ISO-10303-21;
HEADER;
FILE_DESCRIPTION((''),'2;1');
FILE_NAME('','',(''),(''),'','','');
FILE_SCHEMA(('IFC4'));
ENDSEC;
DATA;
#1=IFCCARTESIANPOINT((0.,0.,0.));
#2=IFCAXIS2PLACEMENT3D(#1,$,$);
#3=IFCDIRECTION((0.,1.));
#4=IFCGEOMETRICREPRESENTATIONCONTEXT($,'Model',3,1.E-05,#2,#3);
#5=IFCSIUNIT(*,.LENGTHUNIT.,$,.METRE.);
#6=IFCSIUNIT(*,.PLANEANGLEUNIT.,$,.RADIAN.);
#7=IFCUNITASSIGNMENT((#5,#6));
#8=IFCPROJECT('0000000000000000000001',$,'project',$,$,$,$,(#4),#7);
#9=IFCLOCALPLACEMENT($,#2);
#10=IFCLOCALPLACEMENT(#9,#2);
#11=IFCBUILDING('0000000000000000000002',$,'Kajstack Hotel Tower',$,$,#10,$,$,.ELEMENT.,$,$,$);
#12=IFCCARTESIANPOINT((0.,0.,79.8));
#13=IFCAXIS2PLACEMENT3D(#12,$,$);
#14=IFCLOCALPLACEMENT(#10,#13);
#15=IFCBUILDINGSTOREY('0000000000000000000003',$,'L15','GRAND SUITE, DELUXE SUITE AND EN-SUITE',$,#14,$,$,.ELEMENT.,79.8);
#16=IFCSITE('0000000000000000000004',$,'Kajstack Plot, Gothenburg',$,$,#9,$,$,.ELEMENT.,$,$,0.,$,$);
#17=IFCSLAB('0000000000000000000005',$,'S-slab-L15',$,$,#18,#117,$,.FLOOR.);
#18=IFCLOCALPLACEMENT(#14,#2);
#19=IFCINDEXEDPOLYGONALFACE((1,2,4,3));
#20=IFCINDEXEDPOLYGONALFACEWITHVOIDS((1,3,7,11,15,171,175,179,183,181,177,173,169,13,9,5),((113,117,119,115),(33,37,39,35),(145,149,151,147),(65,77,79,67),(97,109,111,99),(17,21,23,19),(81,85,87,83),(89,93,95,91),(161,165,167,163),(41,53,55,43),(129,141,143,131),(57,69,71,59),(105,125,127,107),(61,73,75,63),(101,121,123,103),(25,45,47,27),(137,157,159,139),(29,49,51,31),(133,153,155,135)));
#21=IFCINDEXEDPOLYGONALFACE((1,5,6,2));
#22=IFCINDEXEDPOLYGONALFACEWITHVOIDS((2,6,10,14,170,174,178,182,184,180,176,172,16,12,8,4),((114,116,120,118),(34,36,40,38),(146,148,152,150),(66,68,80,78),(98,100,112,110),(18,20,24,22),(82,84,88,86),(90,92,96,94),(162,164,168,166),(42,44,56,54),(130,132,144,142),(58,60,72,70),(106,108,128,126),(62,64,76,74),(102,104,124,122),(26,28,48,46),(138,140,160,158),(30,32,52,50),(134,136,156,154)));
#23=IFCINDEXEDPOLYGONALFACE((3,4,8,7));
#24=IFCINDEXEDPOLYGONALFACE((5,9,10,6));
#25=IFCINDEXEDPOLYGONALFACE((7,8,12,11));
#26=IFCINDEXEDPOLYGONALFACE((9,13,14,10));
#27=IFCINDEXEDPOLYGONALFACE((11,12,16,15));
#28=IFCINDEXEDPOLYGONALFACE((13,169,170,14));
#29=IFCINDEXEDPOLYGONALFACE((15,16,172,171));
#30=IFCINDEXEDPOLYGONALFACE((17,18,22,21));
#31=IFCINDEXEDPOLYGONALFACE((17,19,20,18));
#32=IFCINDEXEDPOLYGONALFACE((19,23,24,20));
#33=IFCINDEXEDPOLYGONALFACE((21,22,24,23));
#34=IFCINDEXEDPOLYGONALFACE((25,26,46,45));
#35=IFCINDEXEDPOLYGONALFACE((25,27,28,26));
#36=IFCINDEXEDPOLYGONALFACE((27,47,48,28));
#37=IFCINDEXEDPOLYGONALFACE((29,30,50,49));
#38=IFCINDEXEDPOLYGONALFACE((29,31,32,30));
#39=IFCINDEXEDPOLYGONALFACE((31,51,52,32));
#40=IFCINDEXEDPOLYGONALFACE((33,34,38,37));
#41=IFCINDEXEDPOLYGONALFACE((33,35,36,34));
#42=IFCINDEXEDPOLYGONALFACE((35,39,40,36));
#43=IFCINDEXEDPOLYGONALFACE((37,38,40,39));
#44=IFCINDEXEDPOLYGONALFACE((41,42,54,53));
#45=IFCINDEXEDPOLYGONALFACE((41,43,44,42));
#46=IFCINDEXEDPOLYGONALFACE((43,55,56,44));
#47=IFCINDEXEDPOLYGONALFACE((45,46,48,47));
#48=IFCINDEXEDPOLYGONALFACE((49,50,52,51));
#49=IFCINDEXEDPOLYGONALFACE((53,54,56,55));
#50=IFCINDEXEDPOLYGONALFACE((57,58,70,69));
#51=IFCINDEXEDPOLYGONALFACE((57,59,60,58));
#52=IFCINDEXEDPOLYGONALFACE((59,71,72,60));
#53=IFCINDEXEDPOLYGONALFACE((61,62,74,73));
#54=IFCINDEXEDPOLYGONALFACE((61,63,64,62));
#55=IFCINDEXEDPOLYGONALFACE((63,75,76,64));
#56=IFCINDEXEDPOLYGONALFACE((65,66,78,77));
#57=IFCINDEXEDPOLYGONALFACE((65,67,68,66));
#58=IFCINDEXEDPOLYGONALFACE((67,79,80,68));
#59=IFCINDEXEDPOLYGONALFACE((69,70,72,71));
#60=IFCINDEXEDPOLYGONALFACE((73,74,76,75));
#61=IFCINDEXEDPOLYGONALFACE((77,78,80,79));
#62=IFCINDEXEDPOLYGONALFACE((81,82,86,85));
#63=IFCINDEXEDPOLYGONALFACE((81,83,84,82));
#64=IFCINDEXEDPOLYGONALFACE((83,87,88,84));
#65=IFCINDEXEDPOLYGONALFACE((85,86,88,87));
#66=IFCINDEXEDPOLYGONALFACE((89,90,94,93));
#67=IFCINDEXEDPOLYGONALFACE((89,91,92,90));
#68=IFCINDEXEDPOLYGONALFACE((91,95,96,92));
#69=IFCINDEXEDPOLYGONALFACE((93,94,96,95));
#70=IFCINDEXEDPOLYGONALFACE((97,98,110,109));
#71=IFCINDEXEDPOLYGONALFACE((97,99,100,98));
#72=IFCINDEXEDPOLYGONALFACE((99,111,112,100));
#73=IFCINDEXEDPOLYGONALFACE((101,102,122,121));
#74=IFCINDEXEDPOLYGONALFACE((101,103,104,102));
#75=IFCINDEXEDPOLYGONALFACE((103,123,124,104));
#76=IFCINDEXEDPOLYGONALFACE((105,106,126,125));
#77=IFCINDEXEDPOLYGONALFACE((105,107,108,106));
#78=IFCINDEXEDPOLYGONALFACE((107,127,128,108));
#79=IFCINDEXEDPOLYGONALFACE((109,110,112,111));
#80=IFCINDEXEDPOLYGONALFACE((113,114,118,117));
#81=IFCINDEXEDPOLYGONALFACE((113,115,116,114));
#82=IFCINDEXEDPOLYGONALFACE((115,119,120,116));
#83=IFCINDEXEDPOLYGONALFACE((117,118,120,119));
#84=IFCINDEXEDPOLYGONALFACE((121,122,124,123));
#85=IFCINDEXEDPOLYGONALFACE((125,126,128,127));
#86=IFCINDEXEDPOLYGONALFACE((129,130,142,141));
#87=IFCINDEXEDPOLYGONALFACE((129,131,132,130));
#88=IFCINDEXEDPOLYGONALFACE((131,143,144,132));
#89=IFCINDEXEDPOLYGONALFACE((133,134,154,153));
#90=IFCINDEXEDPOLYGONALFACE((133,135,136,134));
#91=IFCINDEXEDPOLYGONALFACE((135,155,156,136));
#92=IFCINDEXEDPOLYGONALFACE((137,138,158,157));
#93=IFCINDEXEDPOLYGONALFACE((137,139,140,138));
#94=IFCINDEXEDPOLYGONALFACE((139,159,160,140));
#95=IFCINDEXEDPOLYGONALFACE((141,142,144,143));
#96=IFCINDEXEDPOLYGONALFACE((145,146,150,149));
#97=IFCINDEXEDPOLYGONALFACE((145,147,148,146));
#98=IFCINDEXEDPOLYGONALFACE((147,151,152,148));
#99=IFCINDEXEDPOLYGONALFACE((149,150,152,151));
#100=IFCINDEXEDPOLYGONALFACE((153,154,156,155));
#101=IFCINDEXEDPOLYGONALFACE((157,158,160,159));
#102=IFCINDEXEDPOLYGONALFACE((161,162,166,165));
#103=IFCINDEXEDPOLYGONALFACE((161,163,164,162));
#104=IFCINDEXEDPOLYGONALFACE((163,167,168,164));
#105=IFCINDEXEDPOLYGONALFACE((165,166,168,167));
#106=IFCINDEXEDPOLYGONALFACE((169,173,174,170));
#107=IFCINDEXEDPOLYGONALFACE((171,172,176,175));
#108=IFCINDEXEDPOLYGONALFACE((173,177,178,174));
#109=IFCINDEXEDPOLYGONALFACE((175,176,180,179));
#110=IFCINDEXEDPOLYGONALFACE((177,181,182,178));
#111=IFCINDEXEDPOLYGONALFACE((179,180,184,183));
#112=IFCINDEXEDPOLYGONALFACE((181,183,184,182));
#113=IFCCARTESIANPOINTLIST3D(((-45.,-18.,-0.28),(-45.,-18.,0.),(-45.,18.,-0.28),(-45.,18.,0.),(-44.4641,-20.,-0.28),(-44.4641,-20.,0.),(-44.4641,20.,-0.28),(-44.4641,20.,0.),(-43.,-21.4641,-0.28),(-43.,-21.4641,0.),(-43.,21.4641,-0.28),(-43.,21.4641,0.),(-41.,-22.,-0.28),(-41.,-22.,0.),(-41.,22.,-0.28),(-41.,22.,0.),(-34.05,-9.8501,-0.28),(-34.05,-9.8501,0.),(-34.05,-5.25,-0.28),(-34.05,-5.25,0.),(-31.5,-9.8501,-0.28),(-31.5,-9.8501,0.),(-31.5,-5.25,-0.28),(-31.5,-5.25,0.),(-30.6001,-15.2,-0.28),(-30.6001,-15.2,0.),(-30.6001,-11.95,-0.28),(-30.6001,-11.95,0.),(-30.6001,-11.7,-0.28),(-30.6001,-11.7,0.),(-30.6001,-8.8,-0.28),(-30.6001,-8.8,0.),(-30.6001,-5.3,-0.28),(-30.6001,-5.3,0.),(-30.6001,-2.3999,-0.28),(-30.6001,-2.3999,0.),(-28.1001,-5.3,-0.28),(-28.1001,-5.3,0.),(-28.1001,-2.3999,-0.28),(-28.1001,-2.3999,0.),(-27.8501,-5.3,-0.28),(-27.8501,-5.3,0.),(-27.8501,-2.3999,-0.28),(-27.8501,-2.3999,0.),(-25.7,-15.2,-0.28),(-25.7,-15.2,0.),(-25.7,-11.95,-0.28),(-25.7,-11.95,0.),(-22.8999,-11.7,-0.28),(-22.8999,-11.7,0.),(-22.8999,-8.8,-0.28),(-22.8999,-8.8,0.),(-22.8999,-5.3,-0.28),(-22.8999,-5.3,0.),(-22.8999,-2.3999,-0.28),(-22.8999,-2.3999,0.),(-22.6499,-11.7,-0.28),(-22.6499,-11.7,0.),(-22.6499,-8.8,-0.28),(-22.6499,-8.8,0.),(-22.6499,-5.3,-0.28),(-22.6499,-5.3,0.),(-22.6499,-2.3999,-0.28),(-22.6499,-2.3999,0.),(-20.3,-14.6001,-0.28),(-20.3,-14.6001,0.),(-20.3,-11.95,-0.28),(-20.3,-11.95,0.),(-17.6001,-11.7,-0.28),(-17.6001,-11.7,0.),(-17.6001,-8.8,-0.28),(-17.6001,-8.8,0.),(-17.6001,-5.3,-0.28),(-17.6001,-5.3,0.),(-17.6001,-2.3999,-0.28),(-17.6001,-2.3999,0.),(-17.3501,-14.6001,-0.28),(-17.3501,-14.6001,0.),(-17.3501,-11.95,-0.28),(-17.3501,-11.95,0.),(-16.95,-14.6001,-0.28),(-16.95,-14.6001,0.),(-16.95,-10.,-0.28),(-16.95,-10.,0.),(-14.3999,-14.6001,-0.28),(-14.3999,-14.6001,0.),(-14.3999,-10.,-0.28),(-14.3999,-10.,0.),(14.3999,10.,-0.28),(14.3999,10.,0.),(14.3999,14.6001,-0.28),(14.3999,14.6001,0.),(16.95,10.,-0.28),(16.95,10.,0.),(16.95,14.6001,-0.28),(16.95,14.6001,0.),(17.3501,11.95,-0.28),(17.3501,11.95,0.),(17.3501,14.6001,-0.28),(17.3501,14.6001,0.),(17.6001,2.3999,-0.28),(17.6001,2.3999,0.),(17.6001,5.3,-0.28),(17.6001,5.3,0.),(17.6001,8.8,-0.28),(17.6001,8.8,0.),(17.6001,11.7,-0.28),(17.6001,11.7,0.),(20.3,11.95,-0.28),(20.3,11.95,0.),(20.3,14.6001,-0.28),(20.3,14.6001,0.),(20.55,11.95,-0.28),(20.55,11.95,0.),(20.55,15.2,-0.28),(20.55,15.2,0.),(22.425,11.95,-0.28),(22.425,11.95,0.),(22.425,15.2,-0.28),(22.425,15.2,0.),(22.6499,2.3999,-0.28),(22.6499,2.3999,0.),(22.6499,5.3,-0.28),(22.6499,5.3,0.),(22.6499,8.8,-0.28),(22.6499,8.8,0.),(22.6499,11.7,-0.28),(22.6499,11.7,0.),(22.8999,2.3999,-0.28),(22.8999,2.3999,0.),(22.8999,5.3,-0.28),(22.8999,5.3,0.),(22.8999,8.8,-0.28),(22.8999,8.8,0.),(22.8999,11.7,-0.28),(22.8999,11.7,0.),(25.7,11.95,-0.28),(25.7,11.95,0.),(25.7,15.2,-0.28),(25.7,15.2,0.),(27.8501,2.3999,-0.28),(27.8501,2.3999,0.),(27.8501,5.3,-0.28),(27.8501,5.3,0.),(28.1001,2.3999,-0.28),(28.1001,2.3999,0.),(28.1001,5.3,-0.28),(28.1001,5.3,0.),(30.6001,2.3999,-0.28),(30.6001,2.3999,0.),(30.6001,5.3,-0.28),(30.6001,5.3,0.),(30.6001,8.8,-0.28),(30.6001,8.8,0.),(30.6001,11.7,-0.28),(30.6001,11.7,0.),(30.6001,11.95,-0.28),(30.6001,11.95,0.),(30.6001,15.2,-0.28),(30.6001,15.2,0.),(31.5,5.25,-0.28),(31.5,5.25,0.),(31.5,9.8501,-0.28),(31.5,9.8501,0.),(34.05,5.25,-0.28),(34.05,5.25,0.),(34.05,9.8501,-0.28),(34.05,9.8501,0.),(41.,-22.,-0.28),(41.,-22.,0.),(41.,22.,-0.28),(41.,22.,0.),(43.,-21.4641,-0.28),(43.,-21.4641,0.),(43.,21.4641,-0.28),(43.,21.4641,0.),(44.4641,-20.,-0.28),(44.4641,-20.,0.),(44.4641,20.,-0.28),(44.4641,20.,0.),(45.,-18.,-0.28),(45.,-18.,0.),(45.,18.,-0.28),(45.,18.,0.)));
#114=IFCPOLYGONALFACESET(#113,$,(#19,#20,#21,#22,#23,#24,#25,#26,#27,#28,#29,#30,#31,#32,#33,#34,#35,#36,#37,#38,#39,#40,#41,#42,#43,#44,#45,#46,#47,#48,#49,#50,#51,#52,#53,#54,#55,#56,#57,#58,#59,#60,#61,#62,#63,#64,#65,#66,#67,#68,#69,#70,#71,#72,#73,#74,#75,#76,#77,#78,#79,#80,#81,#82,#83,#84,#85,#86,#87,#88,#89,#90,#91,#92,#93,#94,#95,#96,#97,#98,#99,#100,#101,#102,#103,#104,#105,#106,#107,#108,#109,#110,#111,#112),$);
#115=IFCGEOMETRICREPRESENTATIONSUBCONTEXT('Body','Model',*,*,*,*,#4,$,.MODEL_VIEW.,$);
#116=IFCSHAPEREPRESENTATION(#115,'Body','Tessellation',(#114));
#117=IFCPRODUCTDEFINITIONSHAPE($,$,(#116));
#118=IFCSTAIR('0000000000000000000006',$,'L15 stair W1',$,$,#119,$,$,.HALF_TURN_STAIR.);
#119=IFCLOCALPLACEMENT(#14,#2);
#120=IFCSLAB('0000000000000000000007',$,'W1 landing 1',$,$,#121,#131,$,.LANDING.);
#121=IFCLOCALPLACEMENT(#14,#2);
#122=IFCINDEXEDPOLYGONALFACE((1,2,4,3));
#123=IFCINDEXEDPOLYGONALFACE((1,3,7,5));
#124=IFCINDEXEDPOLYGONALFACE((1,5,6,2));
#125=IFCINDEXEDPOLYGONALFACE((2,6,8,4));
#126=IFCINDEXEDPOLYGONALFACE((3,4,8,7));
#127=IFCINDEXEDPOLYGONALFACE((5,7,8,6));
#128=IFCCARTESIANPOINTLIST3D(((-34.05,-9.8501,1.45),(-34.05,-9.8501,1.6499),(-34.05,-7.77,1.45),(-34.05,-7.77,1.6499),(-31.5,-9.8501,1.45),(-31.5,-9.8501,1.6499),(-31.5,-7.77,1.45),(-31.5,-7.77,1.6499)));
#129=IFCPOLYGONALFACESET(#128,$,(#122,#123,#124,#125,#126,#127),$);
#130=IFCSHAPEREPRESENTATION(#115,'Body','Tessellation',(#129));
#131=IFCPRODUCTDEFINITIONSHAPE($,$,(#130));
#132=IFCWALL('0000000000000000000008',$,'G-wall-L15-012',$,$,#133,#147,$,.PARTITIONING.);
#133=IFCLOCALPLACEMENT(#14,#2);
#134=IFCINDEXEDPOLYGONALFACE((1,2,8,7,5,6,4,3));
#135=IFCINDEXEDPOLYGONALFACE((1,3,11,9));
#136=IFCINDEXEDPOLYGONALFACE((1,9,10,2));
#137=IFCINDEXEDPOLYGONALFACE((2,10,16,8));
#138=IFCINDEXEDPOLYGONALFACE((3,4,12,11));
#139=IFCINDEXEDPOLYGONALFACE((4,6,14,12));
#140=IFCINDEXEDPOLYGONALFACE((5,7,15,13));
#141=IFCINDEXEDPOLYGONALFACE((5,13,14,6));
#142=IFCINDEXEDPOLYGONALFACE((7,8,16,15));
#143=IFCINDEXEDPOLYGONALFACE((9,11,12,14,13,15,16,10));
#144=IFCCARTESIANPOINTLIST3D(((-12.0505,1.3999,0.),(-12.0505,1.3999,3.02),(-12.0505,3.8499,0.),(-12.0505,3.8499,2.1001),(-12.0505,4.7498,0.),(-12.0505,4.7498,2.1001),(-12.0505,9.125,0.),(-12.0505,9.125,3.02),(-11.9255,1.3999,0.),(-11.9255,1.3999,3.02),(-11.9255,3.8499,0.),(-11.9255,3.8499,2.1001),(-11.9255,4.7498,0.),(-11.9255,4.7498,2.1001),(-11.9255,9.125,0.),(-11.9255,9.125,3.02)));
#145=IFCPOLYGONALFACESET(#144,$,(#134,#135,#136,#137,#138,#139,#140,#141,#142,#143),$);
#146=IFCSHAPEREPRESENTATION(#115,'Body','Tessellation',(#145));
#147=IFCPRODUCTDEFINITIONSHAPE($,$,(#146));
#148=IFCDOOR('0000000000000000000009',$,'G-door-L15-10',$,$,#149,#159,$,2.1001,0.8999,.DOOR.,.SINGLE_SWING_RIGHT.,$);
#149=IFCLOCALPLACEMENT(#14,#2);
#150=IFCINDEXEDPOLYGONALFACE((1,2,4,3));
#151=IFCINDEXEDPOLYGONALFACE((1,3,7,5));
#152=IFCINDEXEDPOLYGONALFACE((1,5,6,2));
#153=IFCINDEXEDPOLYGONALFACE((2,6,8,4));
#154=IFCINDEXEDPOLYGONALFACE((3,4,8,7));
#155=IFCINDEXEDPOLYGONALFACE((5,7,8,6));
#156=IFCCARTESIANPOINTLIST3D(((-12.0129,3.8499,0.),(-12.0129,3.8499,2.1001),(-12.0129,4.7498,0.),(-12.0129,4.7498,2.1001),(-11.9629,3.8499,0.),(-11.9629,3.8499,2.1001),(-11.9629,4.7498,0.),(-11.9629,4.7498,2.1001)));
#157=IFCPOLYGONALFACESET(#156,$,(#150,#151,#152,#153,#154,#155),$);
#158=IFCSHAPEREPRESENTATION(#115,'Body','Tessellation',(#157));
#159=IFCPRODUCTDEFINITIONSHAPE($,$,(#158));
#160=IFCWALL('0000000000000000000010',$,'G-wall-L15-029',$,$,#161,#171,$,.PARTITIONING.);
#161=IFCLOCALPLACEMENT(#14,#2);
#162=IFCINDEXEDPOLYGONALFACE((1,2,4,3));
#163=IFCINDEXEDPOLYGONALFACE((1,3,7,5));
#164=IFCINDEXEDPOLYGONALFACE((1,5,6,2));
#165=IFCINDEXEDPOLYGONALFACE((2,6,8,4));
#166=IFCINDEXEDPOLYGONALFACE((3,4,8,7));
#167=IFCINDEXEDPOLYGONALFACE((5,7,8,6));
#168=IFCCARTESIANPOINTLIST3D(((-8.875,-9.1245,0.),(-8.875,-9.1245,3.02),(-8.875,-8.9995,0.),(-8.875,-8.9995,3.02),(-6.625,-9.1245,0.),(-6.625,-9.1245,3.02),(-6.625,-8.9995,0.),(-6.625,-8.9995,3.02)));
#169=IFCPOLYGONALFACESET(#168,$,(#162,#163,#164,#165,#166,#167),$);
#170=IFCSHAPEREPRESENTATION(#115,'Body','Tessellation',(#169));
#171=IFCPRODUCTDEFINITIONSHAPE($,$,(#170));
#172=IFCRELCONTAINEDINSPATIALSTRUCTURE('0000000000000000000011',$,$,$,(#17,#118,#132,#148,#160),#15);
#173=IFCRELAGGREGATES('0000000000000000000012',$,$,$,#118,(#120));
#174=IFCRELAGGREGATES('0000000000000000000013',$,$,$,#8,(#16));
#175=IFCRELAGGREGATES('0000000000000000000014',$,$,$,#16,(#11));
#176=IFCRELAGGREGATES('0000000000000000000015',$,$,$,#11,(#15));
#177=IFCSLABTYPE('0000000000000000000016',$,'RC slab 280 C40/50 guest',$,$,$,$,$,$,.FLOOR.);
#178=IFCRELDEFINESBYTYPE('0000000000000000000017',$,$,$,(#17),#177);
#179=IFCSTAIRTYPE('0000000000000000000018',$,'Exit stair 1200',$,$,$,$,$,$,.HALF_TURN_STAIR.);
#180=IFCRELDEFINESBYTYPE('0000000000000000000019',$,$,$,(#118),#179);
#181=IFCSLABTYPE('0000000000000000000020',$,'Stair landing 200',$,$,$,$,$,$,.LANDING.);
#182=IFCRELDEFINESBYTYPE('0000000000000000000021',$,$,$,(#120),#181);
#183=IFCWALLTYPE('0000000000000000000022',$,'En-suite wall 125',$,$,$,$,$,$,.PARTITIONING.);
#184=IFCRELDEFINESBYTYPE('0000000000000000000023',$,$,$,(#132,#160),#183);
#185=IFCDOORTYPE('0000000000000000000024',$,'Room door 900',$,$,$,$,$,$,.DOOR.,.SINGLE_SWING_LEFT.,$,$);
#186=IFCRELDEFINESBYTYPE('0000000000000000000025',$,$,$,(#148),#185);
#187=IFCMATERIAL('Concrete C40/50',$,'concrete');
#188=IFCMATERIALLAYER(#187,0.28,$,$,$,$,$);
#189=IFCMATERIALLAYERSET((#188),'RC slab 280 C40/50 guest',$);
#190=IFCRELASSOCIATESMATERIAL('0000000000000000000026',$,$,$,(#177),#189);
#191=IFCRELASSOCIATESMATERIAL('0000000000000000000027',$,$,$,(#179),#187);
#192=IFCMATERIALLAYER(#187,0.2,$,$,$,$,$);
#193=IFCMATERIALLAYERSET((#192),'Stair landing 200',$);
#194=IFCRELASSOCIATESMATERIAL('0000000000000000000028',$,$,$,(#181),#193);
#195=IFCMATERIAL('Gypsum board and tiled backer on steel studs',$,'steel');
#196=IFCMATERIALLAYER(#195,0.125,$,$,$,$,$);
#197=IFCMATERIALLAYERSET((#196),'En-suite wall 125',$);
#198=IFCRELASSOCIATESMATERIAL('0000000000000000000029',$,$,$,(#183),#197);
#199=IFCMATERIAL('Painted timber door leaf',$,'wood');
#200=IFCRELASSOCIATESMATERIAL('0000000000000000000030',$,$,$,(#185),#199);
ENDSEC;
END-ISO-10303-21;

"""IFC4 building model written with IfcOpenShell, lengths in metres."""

from ifc_helpers import new_model, si_unit, direction, frame, frame_2d, origin, place, context, subcontext, project, spatial, polyline, rectangle, outline, extrude, material, layer, layer_set, type_object, element, fill, aggregate, save


model = new_model("IFC4")

# Units and contexts
model_context = context("Model", 3, precision=1e-05, world=origin(), true_north=direction((0.0, 1.0)))
body_context = subcontext(model_context, "Body", "Model", "MODEL_VIEW")
ifc_project = project(units=[si_unit("LENGTHUNIT", "METRE"), si_unit("PLANEANGLEUNIT", "RADIAN")], contexts=[model_context])

# Site, building, storey
site_placement = place(None, origin())
site = spatial("IfcSite", under=ifc_project, at=site_placement, Name="Kajstack Plot, Gothenburg", CompositionType="ELEMENT", RefElevation=0.0)
building_placement = place(site_placement, origin())
building = spatial("IfcBuilding", under=site, at=building_placement, Name="Kajstack Hotel Tower", CompositionType="ELEMENT")
storey_placement = place(building_placement, frame((0.0, 0.0, 79.8)))
storey = spatial("IfcBuildingStorey", under=building, at=storey_placement, Name="L15", Description="GRAND SUITE, DELUXE SUITE AND EN-SUITE", CompositionType="ELEMENT", Elevation=79.8)

# Slab
ifc_material_1 = material(Name="Concrete C40/50", Category="concrete")
ifc_layer_1 = layer(ifc_material_1, 0.28)
ifc_layer_set_1 = layer_set([ifc_layer_1], Name="RC slab 280 C40/50 guest")
slab_type_1 = type_object("IfcSlabType", Name="RC slab 280 C40/50 guest", PredefinedType="FLOOR", material=ifc_layer_set_1)
slab_1_placement = place(storey_placement, frame((0.0, 0.0, -0.28)))
element("IfcSlab", 1, at=slab_1_placement, inside=storey, type_object=slab_type_1, Name="S-slab-L15", PredefinedType="FLOOR", context=body_context, shape_type="SweptSolid", body=[
    extrude(outline(polyline([(-45.0, -18.0), (-44.4641, -20.0), (-43.0, -21.4641), (-41.0, -22.0), (41.0, -22.0), (43.0, -21.4641), (44.4641, -20.0), (45.0, -18.0), (45.0, 18.0), (44.4641, 20.0), (43.0, 21.4641), (41.0, 22.0), (-41.0, 22.0), (-43.0, 21.4641), (-44.4641, 20.0), (-45.0, 18.0), (-45.0, -18.0)]), holes=[polyline([(-30.6001, -11.7), (-30.6001, -8.8), (-22.8999, -8.8), (-22.8999, -11.7), (-30.6001, -11.7)]), polyline([(-22.6499, -11.7), (-22.6499, -8.8), (-17.6001, -8.8), (-17.6001, -11.7), (-22.6499, -11.7)]), polyline([(-27.8501, -5.3), (-27.8501, -2.3999), (-22.8999, -2.3999), (-22.8999, -5.3), (-27.8501, -5.3)]), polyline([(-22.6499, -5.3), (-22.6499, -2.3999), (-17.6001, -2.3999), (-17.6001, -5.3), (-22.6499, -5.3)]), polyline([(-20.3, -14.6001), (-17.3501, -14.6001), (-17.3501, -11.95), (-20.3, -11.95), (-20.3, -14.6001)]), polyline([(-30.6001, -5.3), (-28.1001, -5.3), (-28.1001, -2.3999), (-30.6001, -2.3999), (-30.6001, -5.3)]), polyline([(22.8999, 8.8), (22.8999, 11.7), (30.6001, 11.7), (30.6001, 8.8), (22.8999, 8.8)]), polyline([(17.6001, 8.8), (17.6001, 11.7), (22.6499, 11.7), (22.6499, 8.8), (17.6001, 8.8)]), polyline([(22.8999, 2.3999), (22.8999, 5.3), (27.8501, 5.3), (27.8501, 2.3999), (22.8999, 2.3999)]), polyline([(17.6001, 2.3999), (17.6001, 5.3), (22.6499, 5.3), (22.6499, 2.3999), (17.6001, 2.3999)]), polyline([(20.3, 14.6001), (17.3501, 14.6001), (17.3501, 11.95), (20.3, 11.95), (20.3, 14.6001)]), polyline([(30.6001, 5.3), (28.1001, 5.3), (28.1001, 2.3999), (30.6001, 2.3999), (30.6001, 5.3)]), polyline([(-34.05, -9.8501), (-31.5, -9.8501), (-31.5, -5.25), (-34.05, -5.25), (-34.05, -9.8501)]), polyline([(-16.95, -14.6001), (-14.3999, -14.6001), (-14.3999, -10.0), (-16.95, -10.0), (-16.95, -14.6001)]), polyline([(-30.6001, -15.2), (-25.7, -15.2), (-25.7, -11.95), (-30.6001, -11.95), (-30.6001, -15.2)]), polyline([(34.05, 9.8501), (31.5, 9.8501), (31.5, 5.25), (34.05, 5.25), (34.05, 9.8501)]), polyline([(16.95, 14.6001), (14.3999, 14.6001), (14.3999, 10.0), (16.95, 10.0), (16.95, 14.6001)]), polyline([(30.6001, 15.2), (25.7, 15.2), (25.7, 11.95), (30.6001, 11.95), (30.6001, 15.2)]), polyline([(22.425, 15.2), (22.425, 11.95), (20.55, 11.95), (20.55, 15.2), (22.425, 15.2)])]), origin(), (0.0, 0.0, 1.0), 0.28),
])

# Stair, slab
stair_type = type_object("IfcStairType", Name="Exit stair 1200", PredefinedType="HALF_TURN_STAIR", material=ifc_material_1)
stair_placement = place(storey_placement, origin())
stair = element("IfcStair", 2, at=stair_placement, inside=storey, type_object=stair_type, Name="L15 stair W1", PredefinedType="HALF_TURN_STAIR")
ifc_layer_2 = layer(ifc_material_1, 0.2)
ifc_layer_set_2 = layer_set([ifc_layer_2], Name="Stair landing 200")
slab_type_2 = type_object("IfcSlabType", Name="Stair landing 200", PredefinedType="LANDING", material=ifc_layer_set_2)
slab_2_placement = place(storey_placement, frame((0.0, 0.0, 1.45)))
slab_2 = element("IfcSlab", 3, at=slab_2_placement, type_object=slab_type_2, Name="W1 landing 1", PredefinedType="LANDING", context=body_context, shape_type="SweptSolid", body=[
    extrude(outline(polyline([(-34.05, -7.77), (-34.05, -9.8501), (-31.5, -9.8501), (-31.5, -7.77), (-34.05, -7.77)])), origin(), (0.0, 0.0, 1.0), 0.2),
])
aggregate(stair, [slab_2])

# Wall, opening, door
ifc_material_2 = material(Name="Gypsum board and tiled backer on steel studs", Category="steel")
ifc_layer_3 = layer(ifc_material_2, 0.125)
ifc_layer_set_3 = layer_set([ifc_layer_3], Name="En-suite wall 125")
wall_type_1 = type_object("IfcWallType", Name="En-suite wall 125", PredefinedType="PARTITIONING", material=ifc_layer_set_3)
wall_1_placement = place(storey_placement, frame((-11.988, 1.3999, 0.0), z_axis=(0.0, 0.0, 1.0), x_axis=(0.0, 1.0, 0.0)))
wall_1 = element("IfcWall", 4, at=wall_1_placement, inside=storey, type_object=wall_type_1, Name="G-wall-L15-012", PredefinedType="PARTITIONING", context=body_context, shape_type="SweptSolid", body=[
    extrude(rectangle(XDim=7.7251, YDim=0.125, at=frame_2d((3.8625, 0.0))), origin(), (0.0, 0.0, 1.0), 3.02),
])
opening_1_placement = place(wall_1_placement, frame((2.45, 0.0, 0.0)))
opening_1 = element("IfcOpeningElement", 5, at=opening_1_placement, cuts=wall_1, PredefinedType="OPENING", context=body_context, shape_type="SweptSolid", body=[
    extrude(rectangle(XDim=0.8999, YDim=2.1001, at=frame_2d((0.45, 1.05))), frame((0.0, 0.0725, 0.0), z_axis=(0.0, -1.0, 0.0), x_axis=(1.0, 0.0, 0.0)), (0.0, 0.0, 1.0), 0.145),
])
ifc_material_3 = material(Name="Painted timber door leaf", Category="wood")
door_type = type_object("IfcDoorType", Name="Room door 900", OperationType="SINGLE_SWING_LEFT", PredefinedType="DOOR", material=ifc_material_3)
door_1_placement = place(opening_1_placement, origin())
door_1 = element("IfcDoor", 6, at=door_1_placement, inside=storey, type_object=door_type, Name="G-door-L15-10", OperationType="SINGLE_SWING_RIGHT", OverallHeight=2.1001, OverallWidth=0.8999, PredefinedType="DOOR", context=body_context, shape_type="SweptSolid", body=[
    extrude(rectangle(XDim=0.8999, YDim=2.1001, at=frame_2d((0.45, 1.05))), frame((0.0, 0.0249, 0.0), z_axis=(0.0, -1.0, 0.0), x_axis=(1.0, 0.0, 0.0)), (0.0, 0.0, 1.0), 0.05),
])
fill(opening_1, door_1)

# Wall
wall_2_placement = place(storey_placement, frame((-8.875, -9.062, 0.0), z_axis=(0.0, 0.0, 1.0), x_axis=(1.0, 0.0, 0.0)))
element("IfcWall", 7, at=wall_2_placement, inside=storey, type_object=wall_type_1, Name="G-wall-L15-029", PredefinedType="PARTITIONING", context=body_context, shape_type="SweptSolid", body=[
    extrude(rectangle(XDim=2.25, YDim=0.125, at=frame_2d((1.125, 0.0))), origin(), (0.0, 0.0, 1.0), 3.02),
])

save(model, "model.ifc")
